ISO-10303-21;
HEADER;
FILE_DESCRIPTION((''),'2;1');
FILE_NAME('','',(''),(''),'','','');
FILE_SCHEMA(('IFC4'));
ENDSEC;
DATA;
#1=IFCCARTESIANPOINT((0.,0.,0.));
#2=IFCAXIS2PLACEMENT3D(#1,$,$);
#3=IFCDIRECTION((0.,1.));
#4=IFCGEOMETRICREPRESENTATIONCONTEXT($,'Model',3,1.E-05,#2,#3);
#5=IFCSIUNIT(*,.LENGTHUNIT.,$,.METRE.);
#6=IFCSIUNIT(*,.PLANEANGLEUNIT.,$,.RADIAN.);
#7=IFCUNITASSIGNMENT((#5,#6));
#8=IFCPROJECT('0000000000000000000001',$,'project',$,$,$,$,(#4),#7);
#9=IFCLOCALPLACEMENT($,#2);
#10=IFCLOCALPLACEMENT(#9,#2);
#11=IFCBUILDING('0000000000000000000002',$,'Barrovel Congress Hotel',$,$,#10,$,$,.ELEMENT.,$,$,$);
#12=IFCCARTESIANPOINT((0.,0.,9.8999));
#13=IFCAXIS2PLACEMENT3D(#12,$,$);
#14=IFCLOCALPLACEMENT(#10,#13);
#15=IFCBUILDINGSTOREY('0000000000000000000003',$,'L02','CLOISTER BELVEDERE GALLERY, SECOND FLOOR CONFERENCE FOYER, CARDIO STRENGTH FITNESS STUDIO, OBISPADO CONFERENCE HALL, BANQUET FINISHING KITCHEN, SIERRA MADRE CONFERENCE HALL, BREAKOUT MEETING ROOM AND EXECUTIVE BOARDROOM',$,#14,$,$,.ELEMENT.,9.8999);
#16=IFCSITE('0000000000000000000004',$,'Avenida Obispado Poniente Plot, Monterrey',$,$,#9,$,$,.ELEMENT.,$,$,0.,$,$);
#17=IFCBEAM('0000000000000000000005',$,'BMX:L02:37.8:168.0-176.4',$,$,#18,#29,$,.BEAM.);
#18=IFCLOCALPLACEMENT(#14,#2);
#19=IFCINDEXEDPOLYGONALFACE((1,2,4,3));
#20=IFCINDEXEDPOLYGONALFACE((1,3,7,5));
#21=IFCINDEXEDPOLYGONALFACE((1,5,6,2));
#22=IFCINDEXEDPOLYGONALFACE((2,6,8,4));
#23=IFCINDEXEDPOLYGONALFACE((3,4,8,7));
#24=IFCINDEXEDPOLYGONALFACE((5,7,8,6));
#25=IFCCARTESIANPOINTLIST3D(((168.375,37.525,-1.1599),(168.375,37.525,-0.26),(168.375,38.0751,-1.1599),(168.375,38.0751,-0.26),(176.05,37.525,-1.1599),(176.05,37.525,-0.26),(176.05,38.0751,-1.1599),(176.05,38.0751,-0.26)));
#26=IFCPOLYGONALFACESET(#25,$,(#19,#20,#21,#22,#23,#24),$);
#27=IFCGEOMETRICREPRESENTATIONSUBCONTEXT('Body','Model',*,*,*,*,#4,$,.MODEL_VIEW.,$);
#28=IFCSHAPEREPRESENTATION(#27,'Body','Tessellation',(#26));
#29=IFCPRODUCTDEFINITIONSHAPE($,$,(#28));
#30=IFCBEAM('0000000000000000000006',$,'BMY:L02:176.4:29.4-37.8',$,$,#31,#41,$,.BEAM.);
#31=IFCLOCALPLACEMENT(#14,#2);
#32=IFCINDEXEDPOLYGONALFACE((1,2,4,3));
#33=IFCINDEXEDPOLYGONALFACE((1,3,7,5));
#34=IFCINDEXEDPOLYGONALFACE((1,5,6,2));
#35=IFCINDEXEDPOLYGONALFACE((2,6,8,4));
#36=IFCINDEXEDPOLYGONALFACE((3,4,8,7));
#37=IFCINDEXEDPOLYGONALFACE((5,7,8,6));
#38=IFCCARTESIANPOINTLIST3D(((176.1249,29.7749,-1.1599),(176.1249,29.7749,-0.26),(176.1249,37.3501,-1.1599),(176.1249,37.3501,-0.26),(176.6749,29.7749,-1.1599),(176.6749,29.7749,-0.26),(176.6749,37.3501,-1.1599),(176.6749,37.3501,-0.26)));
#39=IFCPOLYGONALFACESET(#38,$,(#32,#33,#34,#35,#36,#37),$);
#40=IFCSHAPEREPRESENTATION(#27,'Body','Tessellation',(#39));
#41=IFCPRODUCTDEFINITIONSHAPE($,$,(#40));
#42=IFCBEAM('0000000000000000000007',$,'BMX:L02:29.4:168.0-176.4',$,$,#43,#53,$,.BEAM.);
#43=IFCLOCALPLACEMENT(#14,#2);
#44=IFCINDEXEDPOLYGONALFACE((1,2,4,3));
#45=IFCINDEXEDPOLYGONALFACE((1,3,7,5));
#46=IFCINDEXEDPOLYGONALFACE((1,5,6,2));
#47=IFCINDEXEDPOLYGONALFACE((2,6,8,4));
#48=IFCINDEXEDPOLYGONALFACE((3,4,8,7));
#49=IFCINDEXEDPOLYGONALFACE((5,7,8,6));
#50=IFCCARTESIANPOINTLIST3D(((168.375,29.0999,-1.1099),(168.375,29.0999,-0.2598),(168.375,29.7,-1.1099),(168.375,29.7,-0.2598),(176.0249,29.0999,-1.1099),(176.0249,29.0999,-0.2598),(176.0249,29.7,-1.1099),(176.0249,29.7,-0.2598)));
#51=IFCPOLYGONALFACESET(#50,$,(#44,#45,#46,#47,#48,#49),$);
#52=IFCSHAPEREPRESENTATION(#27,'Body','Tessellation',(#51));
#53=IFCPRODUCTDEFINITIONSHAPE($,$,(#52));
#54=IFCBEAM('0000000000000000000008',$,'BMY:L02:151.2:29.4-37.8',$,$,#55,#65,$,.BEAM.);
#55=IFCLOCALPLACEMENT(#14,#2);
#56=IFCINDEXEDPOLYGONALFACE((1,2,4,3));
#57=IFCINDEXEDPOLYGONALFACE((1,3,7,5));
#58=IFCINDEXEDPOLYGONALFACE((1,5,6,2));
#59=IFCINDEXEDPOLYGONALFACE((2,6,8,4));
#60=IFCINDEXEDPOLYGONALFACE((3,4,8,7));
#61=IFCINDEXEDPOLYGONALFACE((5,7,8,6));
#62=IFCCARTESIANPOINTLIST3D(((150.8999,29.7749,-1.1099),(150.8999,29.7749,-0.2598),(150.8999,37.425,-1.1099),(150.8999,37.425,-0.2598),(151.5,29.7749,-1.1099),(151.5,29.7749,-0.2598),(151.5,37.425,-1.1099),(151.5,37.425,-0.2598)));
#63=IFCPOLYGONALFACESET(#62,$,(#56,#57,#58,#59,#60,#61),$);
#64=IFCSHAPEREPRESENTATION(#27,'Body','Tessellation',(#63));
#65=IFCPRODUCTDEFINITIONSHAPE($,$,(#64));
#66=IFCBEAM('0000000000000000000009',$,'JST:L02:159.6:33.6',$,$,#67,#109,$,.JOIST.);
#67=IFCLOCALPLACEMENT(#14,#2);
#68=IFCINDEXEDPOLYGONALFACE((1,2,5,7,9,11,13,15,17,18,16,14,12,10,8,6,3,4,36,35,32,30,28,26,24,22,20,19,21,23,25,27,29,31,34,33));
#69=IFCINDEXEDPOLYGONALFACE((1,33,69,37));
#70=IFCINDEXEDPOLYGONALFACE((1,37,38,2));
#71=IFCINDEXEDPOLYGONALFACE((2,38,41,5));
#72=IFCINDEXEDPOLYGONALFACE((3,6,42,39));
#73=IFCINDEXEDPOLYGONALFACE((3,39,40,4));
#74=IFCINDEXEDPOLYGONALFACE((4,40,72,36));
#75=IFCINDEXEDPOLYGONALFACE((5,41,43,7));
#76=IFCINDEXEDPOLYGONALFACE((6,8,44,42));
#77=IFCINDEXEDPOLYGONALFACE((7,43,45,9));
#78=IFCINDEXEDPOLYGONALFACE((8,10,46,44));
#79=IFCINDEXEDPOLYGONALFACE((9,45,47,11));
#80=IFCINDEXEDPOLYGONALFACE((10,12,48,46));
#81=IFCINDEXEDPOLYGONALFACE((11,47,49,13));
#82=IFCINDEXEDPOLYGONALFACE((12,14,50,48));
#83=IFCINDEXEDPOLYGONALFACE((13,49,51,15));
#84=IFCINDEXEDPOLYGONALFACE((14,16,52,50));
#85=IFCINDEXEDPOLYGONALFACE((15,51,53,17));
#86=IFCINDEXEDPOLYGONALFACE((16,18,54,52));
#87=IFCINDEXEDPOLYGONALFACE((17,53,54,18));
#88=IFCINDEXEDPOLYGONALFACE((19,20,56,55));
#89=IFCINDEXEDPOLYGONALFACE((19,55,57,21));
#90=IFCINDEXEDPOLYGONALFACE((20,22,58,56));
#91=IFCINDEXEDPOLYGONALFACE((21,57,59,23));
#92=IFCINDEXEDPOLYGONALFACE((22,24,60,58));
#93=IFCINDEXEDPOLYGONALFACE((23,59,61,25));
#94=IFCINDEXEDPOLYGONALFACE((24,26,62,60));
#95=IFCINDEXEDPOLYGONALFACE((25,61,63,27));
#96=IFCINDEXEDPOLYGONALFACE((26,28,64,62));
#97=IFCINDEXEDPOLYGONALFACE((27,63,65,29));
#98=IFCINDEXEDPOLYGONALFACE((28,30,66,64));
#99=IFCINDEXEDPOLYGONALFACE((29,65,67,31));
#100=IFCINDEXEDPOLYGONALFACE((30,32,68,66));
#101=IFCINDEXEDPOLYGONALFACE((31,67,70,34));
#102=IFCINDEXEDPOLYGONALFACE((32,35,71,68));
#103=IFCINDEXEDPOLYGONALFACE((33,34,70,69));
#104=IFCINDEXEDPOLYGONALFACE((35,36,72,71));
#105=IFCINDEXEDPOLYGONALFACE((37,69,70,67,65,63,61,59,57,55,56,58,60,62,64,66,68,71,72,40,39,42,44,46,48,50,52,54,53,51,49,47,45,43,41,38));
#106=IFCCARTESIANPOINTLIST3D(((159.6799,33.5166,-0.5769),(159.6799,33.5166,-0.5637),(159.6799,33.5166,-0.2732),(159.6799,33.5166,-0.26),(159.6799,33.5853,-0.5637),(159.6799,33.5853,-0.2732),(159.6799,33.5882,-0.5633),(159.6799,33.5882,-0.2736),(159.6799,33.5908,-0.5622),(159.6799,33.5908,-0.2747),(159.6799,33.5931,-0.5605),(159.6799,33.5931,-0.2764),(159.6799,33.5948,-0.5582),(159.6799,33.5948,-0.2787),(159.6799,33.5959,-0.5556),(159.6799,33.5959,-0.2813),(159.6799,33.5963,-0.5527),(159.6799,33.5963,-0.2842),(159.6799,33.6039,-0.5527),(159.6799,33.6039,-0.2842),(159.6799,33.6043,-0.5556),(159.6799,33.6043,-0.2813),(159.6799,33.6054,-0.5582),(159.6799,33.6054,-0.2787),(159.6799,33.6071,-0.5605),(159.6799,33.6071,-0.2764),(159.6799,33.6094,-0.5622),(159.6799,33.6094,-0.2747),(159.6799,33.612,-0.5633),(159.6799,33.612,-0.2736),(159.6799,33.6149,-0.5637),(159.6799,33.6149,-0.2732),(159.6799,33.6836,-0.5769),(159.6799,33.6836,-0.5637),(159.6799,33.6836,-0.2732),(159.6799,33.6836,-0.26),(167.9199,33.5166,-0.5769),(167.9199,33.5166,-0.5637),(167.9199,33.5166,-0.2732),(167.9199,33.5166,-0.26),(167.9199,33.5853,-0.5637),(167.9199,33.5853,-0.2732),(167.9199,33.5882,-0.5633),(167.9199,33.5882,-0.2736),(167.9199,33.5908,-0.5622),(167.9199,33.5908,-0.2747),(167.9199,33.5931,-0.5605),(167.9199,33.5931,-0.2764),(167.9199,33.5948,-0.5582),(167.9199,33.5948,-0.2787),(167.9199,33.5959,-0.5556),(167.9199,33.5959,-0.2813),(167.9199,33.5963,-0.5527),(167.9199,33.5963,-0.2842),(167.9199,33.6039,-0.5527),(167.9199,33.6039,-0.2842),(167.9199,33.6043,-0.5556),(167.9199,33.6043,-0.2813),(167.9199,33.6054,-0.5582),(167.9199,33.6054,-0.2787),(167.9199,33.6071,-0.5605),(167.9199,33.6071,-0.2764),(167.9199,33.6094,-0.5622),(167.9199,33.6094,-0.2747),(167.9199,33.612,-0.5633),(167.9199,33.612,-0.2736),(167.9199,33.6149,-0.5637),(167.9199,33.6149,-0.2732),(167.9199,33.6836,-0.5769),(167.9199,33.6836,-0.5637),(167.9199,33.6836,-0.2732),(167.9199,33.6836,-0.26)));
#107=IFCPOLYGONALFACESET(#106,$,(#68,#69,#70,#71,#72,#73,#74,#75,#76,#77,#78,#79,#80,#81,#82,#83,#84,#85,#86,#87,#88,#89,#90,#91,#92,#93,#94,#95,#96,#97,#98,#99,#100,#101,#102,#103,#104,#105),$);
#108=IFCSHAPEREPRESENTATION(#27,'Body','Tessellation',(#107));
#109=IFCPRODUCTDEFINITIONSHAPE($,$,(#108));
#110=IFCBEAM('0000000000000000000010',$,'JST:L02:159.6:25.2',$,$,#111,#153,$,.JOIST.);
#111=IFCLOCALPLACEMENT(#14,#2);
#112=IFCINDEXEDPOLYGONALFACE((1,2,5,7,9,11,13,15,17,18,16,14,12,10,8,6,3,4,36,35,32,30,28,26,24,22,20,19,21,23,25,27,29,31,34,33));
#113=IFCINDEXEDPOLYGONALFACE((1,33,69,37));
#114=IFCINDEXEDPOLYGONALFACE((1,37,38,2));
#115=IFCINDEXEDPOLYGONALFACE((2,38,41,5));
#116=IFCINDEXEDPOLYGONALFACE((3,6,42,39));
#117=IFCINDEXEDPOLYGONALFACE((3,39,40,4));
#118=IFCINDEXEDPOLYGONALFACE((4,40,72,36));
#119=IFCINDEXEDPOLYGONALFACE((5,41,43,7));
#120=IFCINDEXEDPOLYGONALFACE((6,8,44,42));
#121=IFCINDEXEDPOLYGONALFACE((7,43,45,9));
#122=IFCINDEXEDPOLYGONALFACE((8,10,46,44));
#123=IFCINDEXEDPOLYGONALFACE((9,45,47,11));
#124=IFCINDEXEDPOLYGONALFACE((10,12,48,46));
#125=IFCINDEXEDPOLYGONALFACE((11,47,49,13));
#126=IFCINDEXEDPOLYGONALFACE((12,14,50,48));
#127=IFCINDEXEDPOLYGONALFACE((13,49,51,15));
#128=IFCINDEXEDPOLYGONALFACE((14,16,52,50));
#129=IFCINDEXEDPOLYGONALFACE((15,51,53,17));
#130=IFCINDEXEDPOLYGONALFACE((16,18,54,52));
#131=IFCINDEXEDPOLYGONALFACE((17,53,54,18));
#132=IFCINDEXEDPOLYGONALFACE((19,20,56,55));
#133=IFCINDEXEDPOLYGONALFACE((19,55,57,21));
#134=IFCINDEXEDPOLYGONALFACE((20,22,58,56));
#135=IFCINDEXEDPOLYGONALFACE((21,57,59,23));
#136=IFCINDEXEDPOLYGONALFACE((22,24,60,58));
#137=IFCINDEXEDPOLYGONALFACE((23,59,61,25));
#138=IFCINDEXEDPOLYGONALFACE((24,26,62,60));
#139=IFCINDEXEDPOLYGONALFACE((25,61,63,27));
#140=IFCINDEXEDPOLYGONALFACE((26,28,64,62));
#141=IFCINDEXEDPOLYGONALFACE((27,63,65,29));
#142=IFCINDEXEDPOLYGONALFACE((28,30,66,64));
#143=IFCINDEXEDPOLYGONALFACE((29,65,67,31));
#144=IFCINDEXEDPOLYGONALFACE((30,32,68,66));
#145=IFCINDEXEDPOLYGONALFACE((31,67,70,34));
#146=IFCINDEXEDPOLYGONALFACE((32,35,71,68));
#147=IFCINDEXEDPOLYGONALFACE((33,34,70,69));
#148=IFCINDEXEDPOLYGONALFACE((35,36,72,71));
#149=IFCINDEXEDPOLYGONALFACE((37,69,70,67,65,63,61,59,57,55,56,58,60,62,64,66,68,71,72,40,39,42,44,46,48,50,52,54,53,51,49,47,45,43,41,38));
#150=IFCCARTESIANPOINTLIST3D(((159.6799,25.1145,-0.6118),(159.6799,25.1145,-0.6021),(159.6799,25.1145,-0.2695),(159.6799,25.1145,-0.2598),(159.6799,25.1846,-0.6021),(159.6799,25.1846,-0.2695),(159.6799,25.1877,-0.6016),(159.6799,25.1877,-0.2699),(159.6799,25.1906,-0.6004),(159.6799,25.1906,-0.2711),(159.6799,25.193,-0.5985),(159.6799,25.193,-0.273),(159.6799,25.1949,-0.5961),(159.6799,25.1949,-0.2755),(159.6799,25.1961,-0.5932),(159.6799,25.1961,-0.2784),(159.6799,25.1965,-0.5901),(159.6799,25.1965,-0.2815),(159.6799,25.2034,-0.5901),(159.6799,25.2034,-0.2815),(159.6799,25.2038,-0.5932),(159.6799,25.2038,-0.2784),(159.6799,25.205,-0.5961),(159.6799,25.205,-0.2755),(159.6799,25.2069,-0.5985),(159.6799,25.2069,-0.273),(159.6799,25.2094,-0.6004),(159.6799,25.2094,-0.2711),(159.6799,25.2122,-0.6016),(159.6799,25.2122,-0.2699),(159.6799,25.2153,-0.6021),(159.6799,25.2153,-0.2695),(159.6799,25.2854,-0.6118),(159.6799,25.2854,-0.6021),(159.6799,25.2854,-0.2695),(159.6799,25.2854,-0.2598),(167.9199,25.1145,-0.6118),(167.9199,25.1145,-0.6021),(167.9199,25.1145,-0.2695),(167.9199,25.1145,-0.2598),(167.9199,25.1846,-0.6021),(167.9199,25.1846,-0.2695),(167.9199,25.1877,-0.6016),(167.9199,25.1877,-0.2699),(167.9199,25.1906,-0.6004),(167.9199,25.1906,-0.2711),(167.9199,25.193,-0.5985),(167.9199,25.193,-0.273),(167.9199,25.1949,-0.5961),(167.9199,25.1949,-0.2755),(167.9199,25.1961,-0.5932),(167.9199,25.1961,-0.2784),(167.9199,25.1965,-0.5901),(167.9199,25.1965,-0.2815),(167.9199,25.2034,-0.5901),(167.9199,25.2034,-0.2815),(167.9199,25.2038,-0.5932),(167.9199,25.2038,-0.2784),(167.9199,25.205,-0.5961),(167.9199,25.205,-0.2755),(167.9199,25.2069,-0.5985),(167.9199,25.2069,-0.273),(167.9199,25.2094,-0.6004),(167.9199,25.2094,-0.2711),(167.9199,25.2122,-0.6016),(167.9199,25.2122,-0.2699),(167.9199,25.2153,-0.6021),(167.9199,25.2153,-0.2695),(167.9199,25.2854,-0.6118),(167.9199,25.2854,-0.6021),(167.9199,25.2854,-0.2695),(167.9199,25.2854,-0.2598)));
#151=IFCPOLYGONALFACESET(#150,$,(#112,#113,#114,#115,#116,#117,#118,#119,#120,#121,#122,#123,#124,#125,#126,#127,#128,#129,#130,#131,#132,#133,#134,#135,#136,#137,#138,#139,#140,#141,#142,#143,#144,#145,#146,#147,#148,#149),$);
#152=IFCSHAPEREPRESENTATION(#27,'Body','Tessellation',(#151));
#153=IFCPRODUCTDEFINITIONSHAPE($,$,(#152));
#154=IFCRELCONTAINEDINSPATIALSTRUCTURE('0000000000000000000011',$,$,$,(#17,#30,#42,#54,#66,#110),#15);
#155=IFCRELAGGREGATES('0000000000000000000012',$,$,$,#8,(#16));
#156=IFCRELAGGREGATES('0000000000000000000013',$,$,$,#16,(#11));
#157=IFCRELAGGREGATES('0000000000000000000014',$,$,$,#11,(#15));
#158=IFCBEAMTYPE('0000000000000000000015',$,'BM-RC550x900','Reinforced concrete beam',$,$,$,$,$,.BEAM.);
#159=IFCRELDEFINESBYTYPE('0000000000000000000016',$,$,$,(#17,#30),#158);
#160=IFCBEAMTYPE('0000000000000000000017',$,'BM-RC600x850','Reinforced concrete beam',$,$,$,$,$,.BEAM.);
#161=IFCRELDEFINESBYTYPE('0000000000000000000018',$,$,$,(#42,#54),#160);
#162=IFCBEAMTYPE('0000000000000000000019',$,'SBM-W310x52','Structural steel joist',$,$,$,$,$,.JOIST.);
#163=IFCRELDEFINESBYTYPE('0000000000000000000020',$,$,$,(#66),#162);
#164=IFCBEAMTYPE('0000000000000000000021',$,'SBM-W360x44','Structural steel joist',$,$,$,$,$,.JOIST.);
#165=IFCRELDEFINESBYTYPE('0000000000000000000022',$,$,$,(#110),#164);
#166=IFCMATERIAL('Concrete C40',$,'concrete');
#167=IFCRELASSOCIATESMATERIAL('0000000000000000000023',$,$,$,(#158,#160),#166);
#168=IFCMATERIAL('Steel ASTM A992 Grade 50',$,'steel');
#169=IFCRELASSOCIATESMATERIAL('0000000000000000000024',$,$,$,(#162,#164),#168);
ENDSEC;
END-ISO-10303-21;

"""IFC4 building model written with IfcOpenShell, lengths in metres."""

from ifc_helpers import new_model, si_unit, direction, frame, origin, origin_2d, place, context, subcontext, project, spatial, rectangle, i_section, extrude, material, material_profile, profile_set, type_object, element, save


model = new_model("IFC4")

# Units and contexts
model_context = context("Model", 3, precision=1e-05, world=origin(), true_north=direction((0.0, 1.0)))
body_context = subcontext(model_context, "Body", "Model", "MODEL_VIEW")
ifc_project = project(units=[si_unit("LENGTHUNIT", "METRE"), si_unit("PLANEANGLEUNIT", "RADIAN")], contexts=[model_context])

# Site, building, storey
site_placement = place(None, origin())
site = spatial("IfcSite", under=ifc_project, at=site_placement, Name="Avenida Obispado Poniente Plot, Monterrey", CompositionType="ELEMENT", RefElevation=0.0)
building_placement = place(site_placement, origin())
building = spatial("IfcBuilding", under=site, at=building_placement, Name="Barrovel Congress Hotel", CompositionType="ELEMENT")
storey_placement = place(building_placement, frame((0.0, 0.0, 9.8999)))
storey = spatial("IfcBuildingStorey", under=building, at=storey_placement, Name="L02", Description="CLOISTER BELVEDERE GALLERY, SECOND FLOOR CONFERENCE FOYER, CARDIO STRENGTH FITNESS STUDIO, OBISPADO CONFERENCE HALL, BANQUET FINISHING KITCHEN, SIERRA MADRE CONFERENCE HALL, BREAKOUT MEETING ROOM AND EXECUTIVE BOARDROOM", CompositionType="ELEMENT", Elevation=9.8999)

# Shared definitions
ifc_material_1 = material(Name="Concrete C40", Category="concrete")

# Beams
ifc_material_profile_1 = material_profile(ifc_material_1, rectangle(XDim=0.55, YDim=0.8999, at=origin_2d()), Name="RC550x900")
ifc_profile_set_1 = profile_set([ifc_material_profile_1], Name="Concrete C40")
beam_type_1 = type_object("IfcBeamType", Name="BM-RC550x900", Description="Reinforced concrete beam", PredefinedType="BEAM", material=ifc_profile_set_1)
beam_1_placement = place(storey_placement, frame((168.375, 37.8, -0.71), z_axis=(1.0, 0.0, 0.0), x_axis=(0.0, 1.0, 0.0)))
element("IfcBeam", 1, at=beam_1_placement, inside=storey, type_object=beam_type_1, Name="BMX:L02:37.8:168.0-176.4", PredefinedType="BEAM", context=body_context, shape_type="SweptSolid", body=[
    extrude(rectangle(XDim=0.55, YDim=0.8999, at=origin_2d()), origin(), (0.0, 0.0, 1.0), 7.675),
])
beam_2_placement = place(storey_placement, frame((176.3999, 29.7749, -0.71), z_axis=(0.0, 1.0, 0.0), x_axis=(-1.0, 0.0, 0.0)))
element("IfcBeam", 2, at=beam_2_placement, inside=storey, type_object=beam_type_1, Name="BMY:L02:176.4:29.4-37.8", PredefinedType="BEAM", context=body_context, shape_type="SweptSolid", body=[
    extrude(rectangle(XDim=0.55, YDim=0.8999, at=origin_2d()), origin(), (0.0, 0.0, 1.0), 7.5752),
])
ifc_material_profile_2 = material_profile(ifc_material_1, rectangle(XDim=0.6001, YDim=0.8501, at=origin_2d()), Name="RC600x850")
ifc_profile_set_2 = profile_set([ifc_material_profile_2], Name="Concrete C40")
beam_type_2 = type_object("IfcBeamType", Name="BM-RC600x850", Description="Reinforced concrete beam", PredefinedType="BEAM", material=ifc_profile_set_2)
beam_3_placement = place(storey_placement, frame((168.375, 29.3999, -0.6848), z_axis=(1.0, 0.0, 0.0), x_axis=(0.0, 1.0, 0.0)))
element("IfcBeam", 3, at=beam_3_placement, inside=storey, type_object=beam_type_2, Name="BMX:L02:29.4:168.0-176.4", PredefinedType="BEAM", context=body_context, shape_type="SweptSolid", body=[
    extrude(rectangle(XDim=0.6001, YDim=0.8501, at=origin_2d()), origin(), (0.0, 0.0, 1.0), 7.6499),
])
beam_4_placement = place(storey_placement, frame((151.2, 29.7749, -0.6848), z_axis=(0.0, 1.0, 0.0), x_axis=(-1.0, 0.0, 0.0)))
element("IfcBeam", 4, at=beam_4_placement, inside=storey, type_object=beam_type_2, Name="BMY:L02:151.2:29.4-37.8", PredefinedType="BEAM", context=body_context, shape_type="SweptSolid", body=[
    extrude(rectangle(XDim=0.6001, YDim=0.8501, at=origin_2d()), origin(), (0.0, 0.0, 1.0), 7.6501),
])
ifc_material_2 = material(Name="Steel ASTM A992 Grade 50", Category="steel")
ifc_material_profile_3 = material_profile(ifc_material_2, i_section(OverallWidth=0.167, OverallDepth=0.3169, WebThickness=0.0076, FlangeThickness=0.0132, FilletRadius=0.011, at=origin_2d()), Name="W310x52")
ifc_profile_set_3 = profile_set([ifc_material_profile_3], Name="Steel ASTM A992 Grade 50")
beam_type_3 = type_object("IfcBeamType", Name="SBM-W310x52", Description="Structural steel joist", PredefinedType="JOIST", material=ifc_profile_set_3)
beam_5_placement = place(storey_placement, frame((159.6799, 33.6001, -0.4185), z_axis=(1.0, 0.0, 0.0), x_axis=(0.0, 1.0, 0.0)))
element("IfcBeam", 5, at=beam_5_placement, inside=storey, type_object=beam_type_3, Name="JST:L02:159.6:33.6", PredefinedType="JOIST", context=body_context, shape_type="SweptSolid", body=[
    extrude(i_section(OverallWidth=0.167, OverallDepth=0.3169, WebThickness=0.0076, FlangeThickness=0.0132, FilletRadius=0.011, at=origin_2d()), origin(), (0.0, 0.0, 1.0), 8.24),
])
ifc_material_profile_4 = material_profile(ifc_material_2, i_section(OverallWidth=0.1709, OverallDepth=0.3521, WebThickness=0.0068, FlangeThickness=0.0098, FilletRadius=0.012, at=origin_2d()), Name="W360x44")
ifc_profile_set_4 = profile_set([ifc_material_profile_4], Name="Steel ASTM A992 Grade 50")
beam_type_4 = type_object("IfcBeamType", Name="SBM-W360x44", Description="Structural steel joist", PredefinedType="JOIST", material=ifc_profile_set_4)
beam_6_placement = place(storey_placement, frame((159.6799, 25.2, -0.4358), z_axis=(1.0, 0.0, 0.0), x_axis=(0.0, 1.0, 0.0)))
element("IfcBeam", 6, at=beam_6_placement, inside=storey, type_object=beam_type_4, Name="JST:L02:159.6:25.2", PredefinedType="JOIST", context=body_context, shape_type="SweptSolid", body=[
    extrude(i_section(OverallWidth=0.1709, OverallDepth=0.3521, WebThickness=0.0068, FlangeThickness=0.0098, FilletRadius=0.012, at=origin_2d()), origin(), (0.0, 0.0, 1.0), 8.24),
])

save(model, "model.ifc")
